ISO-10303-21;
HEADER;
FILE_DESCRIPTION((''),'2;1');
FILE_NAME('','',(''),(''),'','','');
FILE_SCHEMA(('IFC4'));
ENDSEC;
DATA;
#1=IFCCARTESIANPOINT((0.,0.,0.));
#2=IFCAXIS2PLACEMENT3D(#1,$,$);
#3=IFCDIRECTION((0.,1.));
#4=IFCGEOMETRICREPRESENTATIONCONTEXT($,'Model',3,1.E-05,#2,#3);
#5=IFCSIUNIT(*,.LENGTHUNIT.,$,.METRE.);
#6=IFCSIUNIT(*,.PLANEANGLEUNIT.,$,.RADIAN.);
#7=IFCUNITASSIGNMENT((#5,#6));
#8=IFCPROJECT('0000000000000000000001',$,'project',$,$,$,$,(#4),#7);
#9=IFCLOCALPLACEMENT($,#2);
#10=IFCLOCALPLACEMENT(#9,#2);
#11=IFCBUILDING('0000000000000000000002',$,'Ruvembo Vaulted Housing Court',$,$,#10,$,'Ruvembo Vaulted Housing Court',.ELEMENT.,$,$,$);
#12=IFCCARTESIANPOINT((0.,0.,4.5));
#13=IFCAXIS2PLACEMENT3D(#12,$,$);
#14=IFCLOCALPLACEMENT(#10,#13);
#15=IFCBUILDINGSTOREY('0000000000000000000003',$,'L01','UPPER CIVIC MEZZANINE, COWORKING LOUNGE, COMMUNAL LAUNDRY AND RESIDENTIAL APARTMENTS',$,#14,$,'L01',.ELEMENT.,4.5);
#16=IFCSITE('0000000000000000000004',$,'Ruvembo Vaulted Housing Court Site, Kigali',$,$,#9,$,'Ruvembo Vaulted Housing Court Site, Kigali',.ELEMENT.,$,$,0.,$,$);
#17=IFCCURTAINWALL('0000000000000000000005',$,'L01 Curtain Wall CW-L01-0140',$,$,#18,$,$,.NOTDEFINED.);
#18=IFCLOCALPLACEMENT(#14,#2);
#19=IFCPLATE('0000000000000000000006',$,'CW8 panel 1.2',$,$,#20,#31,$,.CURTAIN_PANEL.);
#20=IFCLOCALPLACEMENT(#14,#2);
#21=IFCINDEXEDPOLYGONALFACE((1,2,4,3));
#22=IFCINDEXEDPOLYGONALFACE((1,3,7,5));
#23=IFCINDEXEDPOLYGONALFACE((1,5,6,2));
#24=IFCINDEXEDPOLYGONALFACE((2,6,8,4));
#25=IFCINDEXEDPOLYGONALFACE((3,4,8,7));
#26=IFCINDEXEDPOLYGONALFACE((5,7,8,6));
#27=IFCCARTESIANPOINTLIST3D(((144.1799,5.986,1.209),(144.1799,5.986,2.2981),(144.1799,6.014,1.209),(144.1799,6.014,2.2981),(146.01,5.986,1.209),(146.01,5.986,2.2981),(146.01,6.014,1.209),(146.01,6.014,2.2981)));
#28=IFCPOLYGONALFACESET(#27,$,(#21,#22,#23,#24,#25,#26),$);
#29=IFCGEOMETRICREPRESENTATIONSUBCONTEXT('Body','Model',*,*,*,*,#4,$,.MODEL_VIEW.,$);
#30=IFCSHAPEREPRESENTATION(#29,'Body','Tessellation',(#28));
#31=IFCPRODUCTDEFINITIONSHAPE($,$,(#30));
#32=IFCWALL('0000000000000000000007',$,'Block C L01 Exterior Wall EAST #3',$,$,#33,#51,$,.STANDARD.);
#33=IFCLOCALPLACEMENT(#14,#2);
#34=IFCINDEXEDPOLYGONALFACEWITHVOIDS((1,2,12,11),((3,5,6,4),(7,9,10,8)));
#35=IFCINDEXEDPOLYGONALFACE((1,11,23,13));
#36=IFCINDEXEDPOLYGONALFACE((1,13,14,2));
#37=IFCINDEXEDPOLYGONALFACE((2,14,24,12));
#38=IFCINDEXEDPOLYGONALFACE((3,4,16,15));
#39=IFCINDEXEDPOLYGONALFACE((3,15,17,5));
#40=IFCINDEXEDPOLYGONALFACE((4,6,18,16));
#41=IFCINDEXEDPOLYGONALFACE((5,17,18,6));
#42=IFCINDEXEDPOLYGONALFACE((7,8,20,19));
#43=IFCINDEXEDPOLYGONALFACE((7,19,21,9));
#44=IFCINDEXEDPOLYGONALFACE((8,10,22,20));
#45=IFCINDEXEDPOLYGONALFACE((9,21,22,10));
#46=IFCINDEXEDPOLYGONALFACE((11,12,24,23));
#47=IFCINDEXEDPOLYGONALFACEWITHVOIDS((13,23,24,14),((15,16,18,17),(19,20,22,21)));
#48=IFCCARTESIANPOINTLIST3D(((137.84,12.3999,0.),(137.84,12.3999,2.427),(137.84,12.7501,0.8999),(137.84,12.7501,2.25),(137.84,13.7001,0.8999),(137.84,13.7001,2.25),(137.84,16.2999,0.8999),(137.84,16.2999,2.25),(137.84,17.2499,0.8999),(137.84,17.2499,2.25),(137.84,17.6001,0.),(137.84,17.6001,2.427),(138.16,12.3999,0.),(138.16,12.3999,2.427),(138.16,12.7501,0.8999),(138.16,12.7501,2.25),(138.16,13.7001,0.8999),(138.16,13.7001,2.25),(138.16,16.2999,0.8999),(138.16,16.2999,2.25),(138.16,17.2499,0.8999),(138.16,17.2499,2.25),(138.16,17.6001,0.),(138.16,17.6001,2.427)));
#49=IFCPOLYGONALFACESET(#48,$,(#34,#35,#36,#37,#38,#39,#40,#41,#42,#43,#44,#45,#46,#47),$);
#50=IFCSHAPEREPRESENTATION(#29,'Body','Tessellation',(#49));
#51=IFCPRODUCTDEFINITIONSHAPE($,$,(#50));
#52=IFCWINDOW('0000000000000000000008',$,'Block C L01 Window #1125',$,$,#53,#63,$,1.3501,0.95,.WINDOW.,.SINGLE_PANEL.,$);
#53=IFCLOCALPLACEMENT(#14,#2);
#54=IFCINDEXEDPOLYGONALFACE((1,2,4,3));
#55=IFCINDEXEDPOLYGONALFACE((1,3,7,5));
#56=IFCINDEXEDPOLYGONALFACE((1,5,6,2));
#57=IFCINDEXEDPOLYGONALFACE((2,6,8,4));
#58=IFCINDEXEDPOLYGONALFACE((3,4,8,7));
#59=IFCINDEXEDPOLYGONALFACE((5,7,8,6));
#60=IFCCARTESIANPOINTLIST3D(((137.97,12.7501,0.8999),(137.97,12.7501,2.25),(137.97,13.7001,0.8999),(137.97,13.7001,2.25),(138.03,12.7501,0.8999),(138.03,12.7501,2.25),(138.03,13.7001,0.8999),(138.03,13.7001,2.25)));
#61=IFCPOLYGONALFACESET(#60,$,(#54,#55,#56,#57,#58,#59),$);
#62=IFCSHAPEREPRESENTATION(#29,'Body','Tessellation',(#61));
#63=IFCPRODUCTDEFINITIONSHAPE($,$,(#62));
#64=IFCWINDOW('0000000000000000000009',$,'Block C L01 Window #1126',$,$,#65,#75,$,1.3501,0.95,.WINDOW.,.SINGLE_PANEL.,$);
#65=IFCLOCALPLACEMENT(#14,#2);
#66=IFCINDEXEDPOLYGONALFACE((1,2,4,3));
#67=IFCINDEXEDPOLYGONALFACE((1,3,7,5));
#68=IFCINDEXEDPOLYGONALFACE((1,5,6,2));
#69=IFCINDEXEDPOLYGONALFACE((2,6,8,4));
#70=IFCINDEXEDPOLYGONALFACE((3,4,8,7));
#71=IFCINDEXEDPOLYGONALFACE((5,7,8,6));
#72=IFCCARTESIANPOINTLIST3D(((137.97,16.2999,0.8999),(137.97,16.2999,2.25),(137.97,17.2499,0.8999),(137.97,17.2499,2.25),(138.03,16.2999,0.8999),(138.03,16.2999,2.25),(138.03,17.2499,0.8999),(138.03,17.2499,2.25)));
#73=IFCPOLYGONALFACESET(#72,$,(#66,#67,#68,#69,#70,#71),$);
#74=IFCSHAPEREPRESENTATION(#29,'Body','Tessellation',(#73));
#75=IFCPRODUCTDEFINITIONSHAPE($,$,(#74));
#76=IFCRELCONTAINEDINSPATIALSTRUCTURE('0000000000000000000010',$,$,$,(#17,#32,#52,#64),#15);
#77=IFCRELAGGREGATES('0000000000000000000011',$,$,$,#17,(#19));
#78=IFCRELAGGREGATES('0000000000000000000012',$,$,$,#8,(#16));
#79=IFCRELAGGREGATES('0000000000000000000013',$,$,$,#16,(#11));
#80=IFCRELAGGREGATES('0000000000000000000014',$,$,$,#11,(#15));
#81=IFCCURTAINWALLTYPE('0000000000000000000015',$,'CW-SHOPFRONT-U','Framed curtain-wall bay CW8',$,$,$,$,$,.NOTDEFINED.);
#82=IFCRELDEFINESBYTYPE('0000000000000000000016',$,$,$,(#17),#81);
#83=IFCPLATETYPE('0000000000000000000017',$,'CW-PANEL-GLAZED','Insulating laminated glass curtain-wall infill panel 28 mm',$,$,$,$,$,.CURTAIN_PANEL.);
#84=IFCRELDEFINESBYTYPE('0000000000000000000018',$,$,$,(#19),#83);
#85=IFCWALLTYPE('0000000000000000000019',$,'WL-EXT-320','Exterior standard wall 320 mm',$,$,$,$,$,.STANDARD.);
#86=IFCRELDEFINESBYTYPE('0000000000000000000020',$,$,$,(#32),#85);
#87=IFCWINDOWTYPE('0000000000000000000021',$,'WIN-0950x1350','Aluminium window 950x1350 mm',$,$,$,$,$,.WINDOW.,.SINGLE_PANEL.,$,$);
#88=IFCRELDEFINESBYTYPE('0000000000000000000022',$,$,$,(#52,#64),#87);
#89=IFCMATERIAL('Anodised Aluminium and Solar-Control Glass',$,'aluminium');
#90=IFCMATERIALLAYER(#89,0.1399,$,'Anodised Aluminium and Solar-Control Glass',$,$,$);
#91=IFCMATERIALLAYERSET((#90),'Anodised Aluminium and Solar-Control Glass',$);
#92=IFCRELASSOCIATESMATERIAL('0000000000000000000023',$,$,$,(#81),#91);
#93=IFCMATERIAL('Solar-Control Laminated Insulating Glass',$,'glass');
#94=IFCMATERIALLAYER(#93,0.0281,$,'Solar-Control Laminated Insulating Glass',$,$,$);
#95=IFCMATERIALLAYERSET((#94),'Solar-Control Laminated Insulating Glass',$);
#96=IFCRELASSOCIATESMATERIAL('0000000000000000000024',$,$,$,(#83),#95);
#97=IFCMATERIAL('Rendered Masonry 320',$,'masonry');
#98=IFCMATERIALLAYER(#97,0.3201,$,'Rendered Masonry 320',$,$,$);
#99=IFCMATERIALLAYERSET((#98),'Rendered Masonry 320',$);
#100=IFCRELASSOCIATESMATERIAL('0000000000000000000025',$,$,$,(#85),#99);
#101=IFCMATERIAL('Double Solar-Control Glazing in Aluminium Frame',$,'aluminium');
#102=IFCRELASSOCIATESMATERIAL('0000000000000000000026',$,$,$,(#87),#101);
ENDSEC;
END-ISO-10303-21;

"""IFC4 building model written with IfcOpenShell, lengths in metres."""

from ifc_helpers import new_model, si_unit, direction, frame, frame_2d, origin, origin_2d, place, context, subcontext, project, spatial, rectangle, extrude, material, layer, layer_set, type_object, element, fill, aggregate, save


model = new_model("IFC4")

# Units and contexts
model_context = context("Model", 3, precision=1e-05, world=origin(), true_north=direction((0.0, 1.0)))
body_context = subcontext(model_context, "Body", "Model", "MODEL_VIEW")
ifc_project = project(units=[si_unit("LENGTHUNIT", "METRE"), si_unit("PLANEANGLEUNIT", "RADIAN")], contexts=[model_context])

# Site, building, storey
site_placement = place(None, origin())
site = spatial("IfcSite", under=ifc_project, at=site_placement, Name="Ruvembo Vaulted Housing Court Site, Kigali", LongName="Ruvembo Vaulted Housing Court Site, Kigali", CompositionType="ELEMENT", RefElevation=0.0)
building_placement = place(site_placement, origin())
building = spatial("IfcBuilding", under=site, at=building_placement, Name="Ruvembo Vaulted Housing Court", LongName="Ruvembo Vaulted Housing Court", CompositionType="ELEMENT")
storey_placement = place(building_placement, frame((0.0, 0.0, 4.5)))
storey = spatial("IfcBuildingStorey", under=building, at=storey_placement, Name="L01", Description="UPPER CIVIC MEZZANINE, COWORKING LOUNGE, COMMUNAL LAUNDRY AND RESIDENTIAL APARTMENTS", LongName="L01", CompositionType="ELEMENT", Elevation=4.5)

# Curtain wall
ifc_material_1 = material(Name="Anodised Aluminium and Solar-Control Glass", Category="aluminium")
ifc_layer_1 = layer(ifc_material_1, 0.1399, Name="Anodised Aluminium and Solar-Control Glass")
ifc_layer_set_1 = layer_set([ifc_layer_1], Name="Anodised Aluminium and Solar-Control Glass")
curtain_wall_type = type_object("IfcCurtainWallType", Name="CW-SHOPFRONT-U", Description="Framed curtain-wall bay CW8", PredefinedType="NOTDEFINED", material=ifc_layer_set_1)
curtain_wall_placement = place(storey_placement, origin())
curtain_wall = element("IfcCurtainWall", 1, at=curtain_wall_placement, inside=storey, type_object=curtain_wall_type, Name="L01 Curtain Wall CW-L01-0140", PredefinedType="NOTDEFINED")

# Plate
ifc_material_2 = material(Name="Solar-Control Laminated Insulating Glass", Category="glass")
ifc_layer_2 = layer(ifc_material_2, 0.0281, Name="Solar-Control Laminated Insulating Glass")
ifc_layer_set_2 = layer_set([ifc_layer_2], Name="Solar-Control Laminated Insulating Glass")
plate_type = type_object("IfcPlateType", Name="CW-PANEL-GLAZED", Description="Insulating laminated glass curtain-wall infill panel 28 mm", PredefinedType="CURTAIN_PANEL", material=ifc_layer_set_2)
plate_1_placement = place(storey_placement, frame((145.095, 6.0, 1.209), z_axis=(0.0, 0.0, 1.0), x_axis=(1.0, 0.0, 0.0)))
plate_1 = element("IfcPlate", 2, at=plate_1_placement, type_object=plate_type, Name="CW8 panel 1.2", PredefinedType="CURTAIN_PANEL", context=body_context, shape_type="SweptSolid", body=[
    extrude(rectangle(XDim=1.8301, YDim=0.0281, at=origin_2d()), origin(), (0.0, 0.0, 1.0), 1.0891),
])
aggregate(curtain_wall, [plate_1])

# Wall, openings, windows
ifc_material_3 = material(Name="Rendered Masonry 320", Category="masonry")
ifc_layer_3 = layer(ifc_material_3, 0.3201, Name="Rendered Masonry 320")
ifc_layer_set_3 = layer_set([ifc_layer_3], Name="Rendered Masonry 320")
wall_type = type_object("IfcWallType", Name="WL-EXT-320", Description="Exterior standard wall 320 mm", PredefinedType="STANDARD", material=ifc_layer_set_3)
wall_placement = place(storey_placement, frame((138.0, 12.3999, 0.0), z_axis=(0.0, 0.0, 1.0), x_axis=(0.0, 1.0, 0.0)))
wall = element("IfcWall", 3, at=wall_placement, inside=storey, type_object=wall_type, Name="Block C L01 Exterior Wall EAST #3", PredefinedType="STANDARD", context=body_context, shape_type="SweptSolid", body=[
    extrude(rectangle(XDim=5.2002, YDim=0.3201, at=frame_2d((2.6001, 0.0))), origin(), (0.0, 0.0, 1.0), 2.427),
])
opening_1_placement = place(wall_placement, frame((0.3501, 0.0, 0.8999)))
opening_1 = element("IfcOpeningElement", 4, at=opening_1_placement, cuts=wall, PredefinedType="OPENING", context=body_context, shape_type="SweptSolid", body=[
    extrude(rectangle(XDim=0.95, YDim=1.3501, at=frame_2d((0.4751, 0.675))), frame((0.0, 0.1699, 0.0), z_axis=(0.0, -1.0, 0.0), x_axis=(1.0, 0.0, 0.0)), (0.0, 0.0, 1.0), 0.3401),
])
opening_2_placement = place(wall_placement, frame((3.8999, 0.0, 0.8999)))
opening_2 = element("IfcOpeningElement", 5, at=opening_2_placement, cuts=wall, PredefinedType="OPENING", context=body_context, shape_type="SweptSolid", body=[
    extrude(rectangle(XDim=0.95, YDim=1.3501, at=frame_2d((0.4751, 0.675))), frame((0.0, 0.1699, 0.0), z_axis=(0.0, -1.0, 0.0), x_axis=(1.0, 0.0, 0.0)), (0.0, 0.0, 1.0), 0.3401),
])
ifc_material_4 = material(Name="Double Solar-Control Glazing in Aluminium Frame", Category="aluminium")
window_type = type_object("IfcWindowType", Name="WIN-0950x1350", Description="Aluminium window 950x1350 mm", PartitioningType="SINGLE_PANEL", PredefinedType="WINDOW", material=ifc_material_4)
window_1_placement = place(opening_1_placement, origin())
window_1 = element("IfcWindow", 6, at=window_1_placement, inside=storey, type_object=window_type, Name="Block C L01 Window #1125", OverallHeight=1.3501, OverallWidth=0.95, PartitioningType="SINGLE_PANEL", PredefinedType="WINDOW", context=body_context, shape_type="SweptSolid", body=[
    extrude(rectangle(XDim=0.95, YDim=1.3501, at=frame_2d((0.4751, 0.675))), frame((0.0, 0.03, 0.0), z_axis=(0.0, -1.0, 0.0), x_axis=(1.0, 0.0, 0.0)), (0.0, 0.0, 1.0), 0.0601),
])
fill(opening_1, window_1)
window_2_placement = place(opening_2_placement, origin())
window_2 = element("IfcWindow", 7, at=window_2_placement, inside=storey, type_object=window_type, Name="Block C L01 Window #1126", OverallHeight=1.3501, OverallWidth=0.95, PartitioningType="SINGLE_PANEL", PredefinedType="WINDOW", context=body_context, shape_type="SweptSolid", body=[
    extrude(rectangle(XDim=0.95, YDim=1.3501, at=frame_2d((0.4751, 0.675))), frame((0.0, 0.03, 0.0), z_axis=(0.0, -1.0, 0.0), x_axis=(1.0, 0.0, 0.0)), (0.0, 0.0, 1.0), 0.0601),
])
fill(opening_2, window_2)

save(model, "model.ifc")
